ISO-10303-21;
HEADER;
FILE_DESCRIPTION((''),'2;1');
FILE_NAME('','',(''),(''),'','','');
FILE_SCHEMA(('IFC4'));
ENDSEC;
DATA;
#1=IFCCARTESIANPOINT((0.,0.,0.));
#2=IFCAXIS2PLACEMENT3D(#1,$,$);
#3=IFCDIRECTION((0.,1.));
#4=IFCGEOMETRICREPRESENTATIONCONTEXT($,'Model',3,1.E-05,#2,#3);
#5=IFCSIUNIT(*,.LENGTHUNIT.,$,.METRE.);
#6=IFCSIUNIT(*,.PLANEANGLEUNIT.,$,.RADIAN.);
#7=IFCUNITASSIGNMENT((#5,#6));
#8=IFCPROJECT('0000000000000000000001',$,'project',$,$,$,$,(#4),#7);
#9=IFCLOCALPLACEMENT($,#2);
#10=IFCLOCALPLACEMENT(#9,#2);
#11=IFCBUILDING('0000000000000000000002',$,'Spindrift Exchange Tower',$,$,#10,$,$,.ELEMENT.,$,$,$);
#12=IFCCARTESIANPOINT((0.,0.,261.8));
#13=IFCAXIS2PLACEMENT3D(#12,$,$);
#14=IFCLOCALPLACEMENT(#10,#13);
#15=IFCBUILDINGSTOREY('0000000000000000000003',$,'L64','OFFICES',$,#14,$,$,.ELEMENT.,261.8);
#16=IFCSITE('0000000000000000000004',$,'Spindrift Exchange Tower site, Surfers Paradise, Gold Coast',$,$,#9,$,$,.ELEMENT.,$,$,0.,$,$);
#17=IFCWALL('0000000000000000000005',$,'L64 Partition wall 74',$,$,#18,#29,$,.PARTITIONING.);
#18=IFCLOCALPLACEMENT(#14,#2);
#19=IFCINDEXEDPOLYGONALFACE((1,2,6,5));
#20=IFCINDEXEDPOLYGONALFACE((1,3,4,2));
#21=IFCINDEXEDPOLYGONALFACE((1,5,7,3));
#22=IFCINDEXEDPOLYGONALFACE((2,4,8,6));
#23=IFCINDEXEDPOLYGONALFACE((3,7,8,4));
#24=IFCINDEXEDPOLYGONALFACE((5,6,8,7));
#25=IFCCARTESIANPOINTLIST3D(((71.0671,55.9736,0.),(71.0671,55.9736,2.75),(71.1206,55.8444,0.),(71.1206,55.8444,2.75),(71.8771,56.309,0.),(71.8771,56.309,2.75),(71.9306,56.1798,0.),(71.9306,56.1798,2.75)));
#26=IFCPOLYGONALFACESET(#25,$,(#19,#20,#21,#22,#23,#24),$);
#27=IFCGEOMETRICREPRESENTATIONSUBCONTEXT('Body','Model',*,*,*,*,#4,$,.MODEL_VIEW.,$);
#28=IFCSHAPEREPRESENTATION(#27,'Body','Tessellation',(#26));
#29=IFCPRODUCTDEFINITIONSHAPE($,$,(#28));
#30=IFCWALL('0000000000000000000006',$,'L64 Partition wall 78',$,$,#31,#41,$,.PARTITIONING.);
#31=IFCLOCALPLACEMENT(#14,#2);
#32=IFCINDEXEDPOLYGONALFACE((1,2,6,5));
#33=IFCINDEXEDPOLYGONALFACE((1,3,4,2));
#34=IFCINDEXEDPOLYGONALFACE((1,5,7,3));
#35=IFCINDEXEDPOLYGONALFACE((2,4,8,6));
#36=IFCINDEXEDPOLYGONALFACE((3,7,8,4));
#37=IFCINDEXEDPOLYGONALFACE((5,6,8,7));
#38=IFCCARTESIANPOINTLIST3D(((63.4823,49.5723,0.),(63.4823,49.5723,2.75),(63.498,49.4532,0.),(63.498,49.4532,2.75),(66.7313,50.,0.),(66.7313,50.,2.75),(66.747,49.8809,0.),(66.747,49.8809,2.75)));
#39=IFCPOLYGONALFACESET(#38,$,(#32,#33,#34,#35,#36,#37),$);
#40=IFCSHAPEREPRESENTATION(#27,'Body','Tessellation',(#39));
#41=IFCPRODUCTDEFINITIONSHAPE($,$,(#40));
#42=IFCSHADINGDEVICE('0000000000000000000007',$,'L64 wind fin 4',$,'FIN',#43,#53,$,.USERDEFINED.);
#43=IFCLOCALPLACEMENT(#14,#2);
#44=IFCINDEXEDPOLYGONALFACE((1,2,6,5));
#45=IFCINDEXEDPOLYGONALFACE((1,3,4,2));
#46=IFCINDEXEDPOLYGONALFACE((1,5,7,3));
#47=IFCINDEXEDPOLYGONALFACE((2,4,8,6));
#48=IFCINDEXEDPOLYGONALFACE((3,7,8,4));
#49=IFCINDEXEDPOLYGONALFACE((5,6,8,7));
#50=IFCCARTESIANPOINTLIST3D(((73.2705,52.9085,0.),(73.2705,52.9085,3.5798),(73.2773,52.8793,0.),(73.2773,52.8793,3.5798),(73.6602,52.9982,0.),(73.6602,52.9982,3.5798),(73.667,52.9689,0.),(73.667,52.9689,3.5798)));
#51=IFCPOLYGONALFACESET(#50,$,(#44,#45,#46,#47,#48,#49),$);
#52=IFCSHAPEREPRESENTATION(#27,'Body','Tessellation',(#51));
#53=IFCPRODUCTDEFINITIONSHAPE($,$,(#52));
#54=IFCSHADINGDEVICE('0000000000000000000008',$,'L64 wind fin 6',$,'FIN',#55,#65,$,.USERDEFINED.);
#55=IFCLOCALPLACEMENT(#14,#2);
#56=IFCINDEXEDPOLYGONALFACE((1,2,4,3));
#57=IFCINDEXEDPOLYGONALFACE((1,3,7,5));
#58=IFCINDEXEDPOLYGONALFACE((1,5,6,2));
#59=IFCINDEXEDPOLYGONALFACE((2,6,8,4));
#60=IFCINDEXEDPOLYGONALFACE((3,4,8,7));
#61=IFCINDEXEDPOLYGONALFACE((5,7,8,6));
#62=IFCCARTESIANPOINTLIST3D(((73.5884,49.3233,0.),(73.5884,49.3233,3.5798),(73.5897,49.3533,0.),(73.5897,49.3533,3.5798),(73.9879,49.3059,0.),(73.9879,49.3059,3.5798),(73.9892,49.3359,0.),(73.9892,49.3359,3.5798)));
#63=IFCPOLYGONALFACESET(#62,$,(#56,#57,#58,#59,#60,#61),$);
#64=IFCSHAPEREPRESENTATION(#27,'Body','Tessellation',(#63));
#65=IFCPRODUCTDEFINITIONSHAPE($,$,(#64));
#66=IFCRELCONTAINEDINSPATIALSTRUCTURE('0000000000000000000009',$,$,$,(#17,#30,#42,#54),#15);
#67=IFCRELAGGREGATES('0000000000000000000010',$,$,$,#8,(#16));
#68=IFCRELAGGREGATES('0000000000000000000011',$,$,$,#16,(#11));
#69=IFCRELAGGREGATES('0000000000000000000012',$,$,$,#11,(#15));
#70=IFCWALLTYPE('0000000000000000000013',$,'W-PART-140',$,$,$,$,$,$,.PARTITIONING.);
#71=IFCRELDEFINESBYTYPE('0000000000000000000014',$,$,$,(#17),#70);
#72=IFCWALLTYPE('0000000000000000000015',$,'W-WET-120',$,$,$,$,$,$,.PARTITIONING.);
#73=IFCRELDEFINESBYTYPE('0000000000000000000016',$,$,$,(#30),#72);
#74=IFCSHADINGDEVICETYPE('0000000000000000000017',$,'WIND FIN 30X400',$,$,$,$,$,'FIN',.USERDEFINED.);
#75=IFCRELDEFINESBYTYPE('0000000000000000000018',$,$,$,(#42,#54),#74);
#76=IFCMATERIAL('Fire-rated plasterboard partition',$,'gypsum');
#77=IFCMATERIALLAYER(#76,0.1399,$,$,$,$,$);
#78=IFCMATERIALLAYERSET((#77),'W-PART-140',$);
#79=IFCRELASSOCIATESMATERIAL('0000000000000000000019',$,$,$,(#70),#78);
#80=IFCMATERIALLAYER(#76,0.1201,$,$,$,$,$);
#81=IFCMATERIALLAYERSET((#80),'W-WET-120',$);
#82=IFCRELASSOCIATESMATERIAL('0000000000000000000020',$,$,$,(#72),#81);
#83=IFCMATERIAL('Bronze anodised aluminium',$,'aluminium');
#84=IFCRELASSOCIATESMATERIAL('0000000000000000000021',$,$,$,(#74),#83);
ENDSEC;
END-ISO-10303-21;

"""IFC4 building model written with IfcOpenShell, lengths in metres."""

from ifc_helpers import new_model, si_unit, direction, frame, frame_2d, origin, origin_2d, place, context, subcontext, project, spatial, rectangle, extrude, source, transform, mapped, material, layer, layer_set, material_profile, profile_set, type_object, element, save


model = new_model("IFC4")

# Units and contexts
model_context = context("Model", 3, precision=1e-05, world=origin(), true_north=direction((0.0, 1.0)))
body_context = subcontext(model_context, "Body", "Model", "MODEL_VIEW")
ifc_project = project(units=[si_unit("LENGTHUNIT", "METRE"), si_unit("PLANEANGLEUNIT", "RADIAN")], contexts=[model_context])

# Site, building, storey
site_placement = place(None, origin())
site = spatial("IfcSite", under=ifc_project, at=site_placement, Name="Spindrift Exchange Tower site, Surfers Paradise, Gold Coast", CompositionType="ELEMENT", RefElevation=0.0)
building_placement = place(site_placement, origin())
building = spatial("IfcBuilding", under=site, at=building_placement, Name="Spindrift Exchange Tower", CompositionType="ELEMENT")
storey_placement = place(building_placement, frame((0.0, 0.0, 261.8)))
storey = spatial("IfcBuildingStorey", under=building, at=storey_placement, Name="L64", Description="OFFICES", CompositionType="ELEMENT", Elevation=261.8)

# Shared definitions
ifc_material_1 = material(Name="Bronze anodised aluminium", Category="aluminium")

# Walls
ifc_material_2 = material(Name="Fire-rated plasterboard partition", Category="gypsum")
ifc_layer_1 = layer(ifc_material_2, 0.1399)
ifc_layer_set_1 = layer_set([ifc_layer_1], Name="W-PART-140")
wall_type_1 = type_object("IfcWallType", Name="W-PART-140", PredefinedType="PARTITIONING", material=ifc_layer_set_1)
wall_1_placement = place(storey_placement, frame((71.0938, 55.9089, 0.0), z_axis=(0.0, 0.0, 1.0), x_axis=(0.923915, 0.382598, 0.0)))
element("IfcWall", 1, at=wall_1_placement, inside=storey, type_object=wall_type_1, Name="L64 Partition wall 74", PredefinedType="PARTITIONING", context=body_context, shape_type="SweptSolid", body=[
    extrude(rectangle(XDim=0.8767, YDim=0.1399, at=frame_2d((0.4385, 0.0))), origin(), (0.0, 0.0, 1.0), 2.75),
])
ifc_layer_2 = layer(ifc_material_2, 0.1201)
ifc_layer_set_2 = layer_set([ifc_layer_2], Name="W-WET-120")
wall_type_2 = type_object("IfcWallType", Name="W-WET-120", PredefinedType="PARTITIONING", material=ifc_layer_set_2)
wall_2_placement = place(storey_placement, frame((63.49, 49.5127, 0.0), z_axis=(0.0, 0.0, 1.0), x_axis=(0.991445, 0.130524, 0.0)))
element("IfcWall", 2, at=wall_2_placement, inside=storey, type_object=wall_type_2, Name="L64 Partition wall 78", PredefinedType="PARTITIONING", context=body_context, shape_type="SweptSolid", body=[
    extrude(rectangle(XDim=3.2771, YDim=0.1201, at=frame_2d((1.6387, 0.0))), origin(), (0.0, 0.0, 1.0), 2.75),
])

# Shading devices
ifc_material_profile_1 = material_profile(ifc_material_1, rectangle(XDim=0.03, YDim=0.3999, at=origin_2d()), Name="WIND FIN 30X400")
ifc_profile_set_1 = profile_set([ifc_material_profile_1], Name="Bronze anodised aluminium")
shading_device_type = type_object("IfcShadingDeviceType", Name="WIND FIN 30X400", ElementType="FIN", PredefinedType="USERDEFINED", material=ifc_profile_set_1)
shared_shape_1 = source(origin(), body_context, "Body", "SweptSolid", [
    extrude(rectangle(XDim=0.03, YDim=0.3999, at=origin_2d()), origin(), (0.0, 0.0, 1.0), 3.5798),
])
for number, where, z_axis, x_axis, name in (
    (3, (73.4688, 52.9387, 0.0), (0.0, 0.0, 1.0), (-0.224184, 0.974547, 0.0), "L64 wind fin 4"),
    (4, (73.7888, 49.3296, 0.0), (0.0, 0.0, 1.0), (0.043407, 0.999057, 0.0), "L64 wind fin 6"),
):
    element("IfcShadingDevice", number, at=place(storey_placement, frame(where, z_axis=z_axis, x_axis=x_axis)), inside=storey, type_object=shading_device_type, Name=name, ObjectType="FIN", PredefinedType="USERDEFINED", context=body_context, shape_type="MappedRepresentation", body=[
        mapped(shared_shape_1, transform((0.0, 0.0, 0.0), scale=1.0)),
    ])

save(model, "model.ifc")
